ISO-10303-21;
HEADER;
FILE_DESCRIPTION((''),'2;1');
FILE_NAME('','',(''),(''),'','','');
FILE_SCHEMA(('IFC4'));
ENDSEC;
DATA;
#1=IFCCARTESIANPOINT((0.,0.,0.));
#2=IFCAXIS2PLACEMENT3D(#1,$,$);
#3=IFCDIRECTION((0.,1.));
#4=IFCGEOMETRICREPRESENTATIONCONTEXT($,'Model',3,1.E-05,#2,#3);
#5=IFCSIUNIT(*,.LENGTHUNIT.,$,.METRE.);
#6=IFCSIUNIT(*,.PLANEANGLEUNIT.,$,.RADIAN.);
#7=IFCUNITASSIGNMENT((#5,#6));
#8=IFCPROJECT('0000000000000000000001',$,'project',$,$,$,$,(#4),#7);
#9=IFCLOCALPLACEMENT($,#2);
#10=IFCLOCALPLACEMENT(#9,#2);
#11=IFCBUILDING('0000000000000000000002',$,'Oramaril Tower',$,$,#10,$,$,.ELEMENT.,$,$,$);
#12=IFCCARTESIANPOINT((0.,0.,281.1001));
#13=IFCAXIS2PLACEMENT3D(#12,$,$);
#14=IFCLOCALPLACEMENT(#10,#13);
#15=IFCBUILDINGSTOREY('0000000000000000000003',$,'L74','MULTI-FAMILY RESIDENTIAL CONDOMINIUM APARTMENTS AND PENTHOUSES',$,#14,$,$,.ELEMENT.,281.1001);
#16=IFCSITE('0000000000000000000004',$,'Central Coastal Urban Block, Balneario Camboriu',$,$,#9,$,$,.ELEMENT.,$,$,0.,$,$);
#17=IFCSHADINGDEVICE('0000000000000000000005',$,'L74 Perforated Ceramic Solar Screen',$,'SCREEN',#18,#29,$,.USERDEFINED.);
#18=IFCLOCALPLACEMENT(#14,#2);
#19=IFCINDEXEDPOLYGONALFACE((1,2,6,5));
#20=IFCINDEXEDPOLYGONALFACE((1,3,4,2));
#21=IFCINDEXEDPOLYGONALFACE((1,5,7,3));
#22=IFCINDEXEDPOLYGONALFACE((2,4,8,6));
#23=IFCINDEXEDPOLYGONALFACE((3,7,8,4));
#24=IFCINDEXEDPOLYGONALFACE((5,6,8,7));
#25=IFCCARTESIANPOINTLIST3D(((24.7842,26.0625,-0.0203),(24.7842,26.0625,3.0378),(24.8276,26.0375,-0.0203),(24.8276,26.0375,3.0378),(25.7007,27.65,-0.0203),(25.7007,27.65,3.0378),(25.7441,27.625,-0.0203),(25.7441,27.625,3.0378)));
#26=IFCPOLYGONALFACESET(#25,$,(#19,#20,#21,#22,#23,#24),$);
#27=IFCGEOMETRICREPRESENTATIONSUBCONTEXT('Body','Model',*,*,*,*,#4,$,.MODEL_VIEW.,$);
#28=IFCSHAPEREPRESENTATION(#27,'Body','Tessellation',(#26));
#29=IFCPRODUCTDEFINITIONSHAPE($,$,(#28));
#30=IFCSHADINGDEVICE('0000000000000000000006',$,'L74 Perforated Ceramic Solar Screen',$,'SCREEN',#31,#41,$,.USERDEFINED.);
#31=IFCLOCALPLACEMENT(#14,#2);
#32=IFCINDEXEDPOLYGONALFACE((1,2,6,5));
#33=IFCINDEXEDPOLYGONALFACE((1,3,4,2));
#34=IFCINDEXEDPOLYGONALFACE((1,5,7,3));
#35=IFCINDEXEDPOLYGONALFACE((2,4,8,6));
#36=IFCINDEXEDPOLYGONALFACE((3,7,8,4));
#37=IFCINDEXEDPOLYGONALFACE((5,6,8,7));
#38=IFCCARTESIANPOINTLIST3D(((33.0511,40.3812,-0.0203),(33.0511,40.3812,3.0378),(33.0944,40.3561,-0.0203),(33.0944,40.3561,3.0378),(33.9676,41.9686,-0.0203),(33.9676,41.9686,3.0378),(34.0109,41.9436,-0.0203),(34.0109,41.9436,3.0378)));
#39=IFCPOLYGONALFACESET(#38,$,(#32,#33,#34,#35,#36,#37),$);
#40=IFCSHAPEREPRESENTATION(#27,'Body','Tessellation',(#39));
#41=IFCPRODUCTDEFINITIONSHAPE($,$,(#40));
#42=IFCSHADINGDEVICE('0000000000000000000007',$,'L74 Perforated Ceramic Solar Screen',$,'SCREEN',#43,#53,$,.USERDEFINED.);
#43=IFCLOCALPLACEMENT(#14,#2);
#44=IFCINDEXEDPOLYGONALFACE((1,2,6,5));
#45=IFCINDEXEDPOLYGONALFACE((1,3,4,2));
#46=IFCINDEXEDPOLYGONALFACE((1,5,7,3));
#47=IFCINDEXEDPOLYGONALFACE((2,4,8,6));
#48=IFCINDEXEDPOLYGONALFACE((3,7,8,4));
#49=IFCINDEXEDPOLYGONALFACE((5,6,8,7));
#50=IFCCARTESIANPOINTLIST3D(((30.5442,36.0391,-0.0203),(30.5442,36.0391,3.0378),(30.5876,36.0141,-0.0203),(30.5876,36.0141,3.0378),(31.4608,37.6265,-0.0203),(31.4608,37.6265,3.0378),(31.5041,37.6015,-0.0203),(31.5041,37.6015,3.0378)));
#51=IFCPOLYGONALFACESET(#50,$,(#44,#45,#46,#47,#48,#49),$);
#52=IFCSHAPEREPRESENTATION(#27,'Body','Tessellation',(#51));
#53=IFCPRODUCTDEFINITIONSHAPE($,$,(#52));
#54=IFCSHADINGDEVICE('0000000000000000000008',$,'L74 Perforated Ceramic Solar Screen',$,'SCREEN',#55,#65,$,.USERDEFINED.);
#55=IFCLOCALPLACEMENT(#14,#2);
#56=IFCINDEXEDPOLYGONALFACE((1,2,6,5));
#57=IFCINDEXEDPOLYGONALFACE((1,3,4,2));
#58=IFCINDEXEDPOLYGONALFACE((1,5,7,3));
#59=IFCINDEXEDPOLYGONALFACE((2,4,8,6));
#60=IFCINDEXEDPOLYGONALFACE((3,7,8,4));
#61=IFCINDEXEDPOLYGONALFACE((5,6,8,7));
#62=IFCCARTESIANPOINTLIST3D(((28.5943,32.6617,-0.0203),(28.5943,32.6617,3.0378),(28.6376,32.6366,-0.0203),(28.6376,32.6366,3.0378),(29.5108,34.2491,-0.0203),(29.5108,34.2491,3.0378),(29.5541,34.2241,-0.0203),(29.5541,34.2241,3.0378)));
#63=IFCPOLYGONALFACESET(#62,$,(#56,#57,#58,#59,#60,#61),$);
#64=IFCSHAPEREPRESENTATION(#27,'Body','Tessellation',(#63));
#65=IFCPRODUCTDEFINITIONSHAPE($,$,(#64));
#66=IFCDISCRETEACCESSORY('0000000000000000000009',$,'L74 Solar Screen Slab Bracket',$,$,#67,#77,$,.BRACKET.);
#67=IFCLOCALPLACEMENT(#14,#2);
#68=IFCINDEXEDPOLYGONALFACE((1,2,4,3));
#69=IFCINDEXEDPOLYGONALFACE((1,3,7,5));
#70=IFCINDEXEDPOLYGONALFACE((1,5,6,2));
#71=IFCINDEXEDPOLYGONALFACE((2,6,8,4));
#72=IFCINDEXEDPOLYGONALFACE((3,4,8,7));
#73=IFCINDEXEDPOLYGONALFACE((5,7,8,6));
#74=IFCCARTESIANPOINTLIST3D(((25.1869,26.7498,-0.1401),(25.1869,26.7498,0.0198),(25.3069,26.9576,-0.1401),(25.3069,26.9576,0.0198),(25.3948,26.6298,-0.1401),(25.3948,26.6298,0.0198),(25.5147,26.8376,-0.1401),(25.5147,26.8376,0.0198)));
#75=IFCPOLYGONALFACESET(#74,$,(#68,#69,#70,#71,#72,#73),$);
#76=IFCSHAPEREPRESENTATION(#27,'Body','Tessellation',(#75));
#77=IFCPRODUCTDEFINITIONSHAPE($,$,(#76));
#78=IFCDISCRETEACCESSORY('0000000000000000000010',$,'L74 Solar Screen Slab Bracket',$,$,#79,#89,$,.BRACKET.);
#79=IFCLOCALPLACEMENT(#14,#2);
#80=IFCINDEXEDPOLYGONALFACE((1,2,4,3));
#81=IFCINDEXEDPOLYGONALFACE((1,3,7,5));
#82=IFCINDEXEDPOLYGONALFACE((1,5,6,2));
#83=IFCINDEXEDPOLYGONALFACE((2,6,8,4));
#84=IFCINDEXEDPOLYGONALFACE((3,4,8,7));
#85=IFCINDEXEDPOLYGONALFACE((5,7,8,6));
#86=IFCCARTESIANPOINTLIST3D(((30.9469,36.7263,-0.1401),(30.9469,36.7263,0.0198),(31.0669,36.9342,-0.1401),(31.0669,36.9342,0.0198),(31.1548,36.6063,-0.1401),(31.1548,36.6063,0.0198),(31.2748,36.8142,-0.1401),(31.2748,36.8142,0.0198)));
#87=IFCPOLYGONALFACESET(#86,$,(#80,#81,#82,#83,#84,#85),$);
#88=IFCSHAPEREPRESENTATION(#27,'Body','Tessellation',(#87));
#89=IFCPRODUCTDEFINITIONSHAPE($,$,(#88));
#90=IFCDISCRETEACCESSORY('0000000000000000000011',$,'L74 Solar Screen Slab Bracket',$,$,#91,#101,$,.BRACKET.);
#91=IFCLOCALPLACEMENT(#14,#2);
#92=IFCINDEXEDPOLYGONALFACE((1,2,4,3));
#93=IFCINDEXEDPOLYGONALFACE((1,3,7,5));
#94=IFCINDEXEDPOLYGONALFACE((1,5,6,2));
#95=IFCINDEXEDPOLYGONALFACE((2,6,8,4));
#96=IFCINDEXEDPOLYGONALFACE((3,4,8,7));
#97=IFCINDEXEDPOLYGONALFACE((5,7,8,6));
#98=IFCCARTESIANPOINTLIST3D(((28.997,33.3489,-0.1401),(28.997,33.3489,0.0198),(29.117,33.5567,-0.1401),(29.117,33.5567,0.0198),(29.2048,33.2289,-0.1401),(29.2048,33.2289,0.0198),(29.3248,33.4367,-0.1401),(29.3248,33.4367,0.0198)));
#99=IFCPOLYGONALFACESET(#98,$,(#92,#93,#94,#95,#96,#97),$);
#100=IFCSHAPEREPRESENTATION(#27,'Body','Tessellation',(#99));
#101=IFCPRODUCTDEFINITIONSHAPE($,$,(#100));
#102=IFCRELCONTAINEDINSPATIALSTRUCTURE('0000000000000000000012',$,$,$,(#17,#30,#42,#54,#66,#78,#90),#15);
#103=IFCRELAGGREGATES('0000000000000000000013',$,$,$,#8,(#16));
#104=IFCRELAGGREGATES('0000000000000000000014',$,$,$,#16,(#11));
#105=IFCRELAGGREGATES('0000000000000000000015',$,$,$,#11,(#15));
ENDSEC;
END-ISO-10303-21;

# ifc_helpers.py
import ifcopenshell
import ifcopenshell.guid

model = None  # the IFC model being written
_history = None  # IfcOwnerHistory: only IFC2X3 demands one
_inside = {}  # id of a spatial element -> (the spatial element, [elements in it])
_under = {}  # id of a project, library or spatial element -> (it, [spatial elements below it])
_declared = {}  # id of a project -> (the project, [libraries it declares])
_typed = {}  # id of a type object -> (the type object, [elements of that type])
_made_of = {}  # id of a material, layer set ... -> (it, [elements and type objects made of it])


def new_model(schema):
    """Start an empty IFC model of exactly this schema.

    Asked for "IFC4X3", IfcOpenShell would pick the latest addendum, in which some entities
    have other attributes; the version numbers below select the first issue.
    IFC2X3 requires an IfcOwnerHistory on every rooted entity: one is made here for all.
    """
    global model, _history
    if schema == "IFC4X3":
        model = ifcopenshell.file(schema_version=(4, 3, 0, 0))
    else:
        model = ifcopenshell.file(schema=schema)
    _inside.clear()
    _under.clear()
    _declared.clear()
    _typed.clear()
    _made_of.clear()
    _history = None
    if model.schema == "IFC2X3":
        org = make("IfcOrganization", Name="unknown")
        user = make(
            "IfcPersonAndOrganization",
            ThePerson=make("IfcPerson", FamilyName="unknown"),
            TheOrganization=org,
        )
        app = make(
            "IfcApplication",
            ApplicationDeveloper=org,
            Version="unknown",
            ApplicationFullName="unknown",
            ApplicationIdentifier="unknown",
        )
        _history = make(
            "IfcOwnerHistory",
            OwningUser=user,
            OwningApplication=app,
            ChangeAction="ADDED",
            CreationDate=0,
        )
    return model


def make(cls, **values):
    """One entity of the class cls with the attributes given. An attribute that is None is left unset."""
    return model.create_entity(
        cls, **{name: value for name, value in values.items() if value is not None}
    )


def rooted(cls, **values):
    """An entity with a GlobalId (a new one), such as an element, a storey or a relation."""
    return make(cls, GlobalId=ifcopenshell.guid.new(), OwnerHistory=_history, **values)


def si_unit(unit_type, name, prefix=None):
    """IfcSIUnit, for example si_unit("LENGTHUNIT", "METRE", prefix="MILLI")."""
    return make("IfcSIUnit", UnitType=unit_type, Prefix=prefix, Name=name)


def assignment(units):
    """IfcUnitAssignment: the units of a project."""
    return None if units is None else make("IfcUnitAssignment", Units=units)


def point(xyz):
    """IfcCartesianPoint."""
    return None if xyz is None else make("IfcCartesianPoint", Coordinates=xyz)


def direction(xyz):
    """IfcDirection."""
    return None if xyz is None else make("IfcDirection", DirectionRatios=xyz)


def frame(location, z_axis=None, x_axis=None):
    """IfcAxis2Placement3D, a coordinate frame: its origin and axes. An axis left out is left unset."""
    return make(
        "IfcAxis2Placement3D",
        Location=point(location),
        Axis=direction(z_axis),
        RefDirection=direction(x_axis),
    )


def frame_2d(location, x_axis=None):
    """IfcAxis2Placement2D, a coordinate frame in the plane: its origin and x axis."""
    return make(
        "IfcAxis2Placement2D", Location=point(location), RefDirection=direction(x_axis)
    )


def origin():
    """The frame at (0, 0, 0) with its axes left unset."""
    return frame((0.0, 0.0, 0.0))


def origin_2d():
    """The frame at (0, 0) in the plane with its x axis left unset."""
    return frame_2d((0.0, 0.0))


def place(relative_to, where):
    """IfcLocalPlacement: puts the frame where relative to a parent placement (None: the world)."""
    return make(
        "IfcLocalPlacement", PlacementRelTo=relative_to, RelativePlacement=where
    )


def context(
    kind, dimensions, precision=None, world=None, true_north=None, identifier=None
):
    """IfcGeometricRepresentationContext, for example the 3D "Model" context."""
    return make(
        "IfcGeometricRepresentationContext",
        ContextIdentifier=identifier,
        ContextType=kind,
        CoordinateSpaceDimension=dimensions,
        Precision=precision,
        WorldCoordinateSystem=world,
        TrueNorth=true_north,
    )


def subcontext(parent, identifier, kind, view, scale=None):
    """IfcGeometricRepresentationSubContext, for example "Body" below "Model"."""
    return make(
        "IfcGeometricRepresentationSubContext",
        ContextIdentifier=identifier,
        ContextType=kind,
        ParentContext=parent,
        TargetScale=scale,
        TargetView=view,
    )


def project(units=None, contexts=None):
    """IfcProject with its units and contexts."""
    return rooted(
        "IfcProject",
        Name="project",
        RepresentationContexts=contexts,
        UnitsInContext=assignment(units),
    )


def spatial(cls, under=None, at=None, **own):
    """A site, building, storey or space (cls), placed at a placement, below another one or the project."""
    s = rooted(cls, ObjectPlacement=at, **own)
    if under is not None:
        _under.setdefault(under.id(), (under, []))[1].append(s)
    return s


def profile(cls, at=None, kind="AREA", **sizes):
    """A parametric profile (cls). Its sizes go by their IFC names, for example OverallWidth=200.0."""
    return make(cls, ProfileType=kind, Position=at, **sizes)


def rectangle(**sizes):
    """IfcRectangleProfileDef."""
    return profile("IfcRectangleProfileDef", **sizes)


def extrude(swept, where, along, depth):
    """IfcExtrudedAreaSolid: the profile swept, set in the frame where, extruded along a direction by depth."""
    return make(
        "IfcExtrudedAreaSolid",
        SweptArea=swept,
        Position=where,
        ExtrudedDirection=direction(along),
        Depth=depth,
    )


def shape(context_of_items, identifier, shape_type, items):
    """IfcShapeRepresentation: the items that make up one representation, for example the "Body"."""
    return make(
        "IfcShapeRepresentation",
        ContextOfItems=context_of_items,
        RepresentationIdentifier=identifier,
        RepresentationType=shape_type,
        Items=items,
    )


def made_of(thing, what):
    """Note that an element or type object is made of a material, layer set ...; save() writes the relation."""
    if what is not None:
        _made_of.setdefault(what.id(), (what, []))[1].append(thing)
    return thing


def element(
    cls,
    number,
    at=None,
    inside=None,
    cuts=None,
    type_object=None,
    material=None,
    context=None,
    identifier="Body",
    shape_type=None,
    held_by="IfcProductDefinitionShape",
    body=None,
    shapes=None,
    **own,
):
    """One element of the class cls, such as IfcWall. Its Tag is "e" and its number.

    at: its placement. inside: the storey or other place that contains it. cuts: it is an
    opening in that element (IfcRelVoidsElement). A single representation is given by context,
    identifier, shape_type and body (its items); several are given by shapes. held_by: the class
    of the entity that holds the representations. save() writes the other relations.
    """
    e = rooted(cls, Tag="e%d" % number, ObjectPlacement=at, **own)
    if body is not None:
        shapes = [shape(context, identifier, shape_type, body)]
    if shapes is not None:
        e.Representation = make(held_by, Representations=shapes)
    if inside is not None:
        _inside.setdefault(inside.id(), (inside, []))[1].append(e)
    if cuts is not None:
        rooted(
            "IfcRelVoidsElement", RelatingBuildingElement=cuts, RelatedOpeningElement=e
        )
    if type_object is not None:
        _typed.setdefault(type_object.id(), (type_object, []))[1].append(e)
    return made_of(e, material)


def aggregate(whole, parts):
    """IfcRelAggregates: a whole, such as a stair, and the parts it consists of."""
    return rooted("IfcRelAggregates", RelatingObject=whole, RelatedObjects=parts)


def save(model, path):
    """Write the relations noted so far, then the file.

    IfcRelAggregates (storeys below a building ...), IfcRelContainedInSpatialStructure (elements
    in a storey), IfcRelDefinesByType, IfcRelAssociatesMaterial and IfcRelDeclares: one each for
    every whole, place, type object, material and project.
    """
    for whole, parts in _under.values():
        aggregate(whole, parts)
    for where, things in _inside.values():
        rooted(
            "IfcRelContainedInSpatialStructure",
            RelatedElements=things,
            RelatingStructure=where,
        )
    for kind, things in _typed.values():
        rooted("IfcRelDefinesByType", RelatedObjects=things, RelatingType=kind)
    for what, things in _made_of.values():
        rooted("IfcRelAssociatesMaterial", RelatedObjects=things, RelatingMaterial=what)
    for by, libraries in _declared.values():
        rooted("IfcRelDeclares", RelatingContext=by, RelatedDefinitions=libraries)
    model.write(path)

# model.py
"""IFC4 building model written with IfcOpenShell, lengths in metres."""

from ifc_helpers import new_model, si_unit, direction, frame, origin, origin_2d, place, context, subcontext, project, spatial, rectangle, extrude, element, save


model = new_model("IFC4")

# Units and contexts
model_context = context("Model", 3, precision=1e-05, world=origin(), true_north=direction((0.0, 1.0)))
body_context = subcontext(model_context, "Body", "Model", "MODEL_VIEW")
ifc_project = project(units=[si_unit("LENGTHUNIT", "METRE"), si_unit("PLANEANGLEUNIT", "RADIAN")], contexts=[model_context])

# Site, building, storey
site_placement = place(None, origin())
site = spatial("IfcSite", under=ifc_project, at=site_placement, Name="Central Coastal Urban Block, Balneario Camboriu", CompositionType="ELEMENT", RefElevation=0.0)
building_placement = place(site_placement, origin())
building = spatial("IfcBuilding", under=site, at=building_placement, Name="Oramaril Tower", CompositionType="ELEMENT")
storey_placement = place(building_placement, frame((0.0, 0.0, 281.1001)))
storey = spatial("IfcBuildingStorey", under=building, at=storey_placement, Name="L74", Description="MULTI-FAMILY RESIDENTIAL CONDOMINIUM APARTMENTS AND PENTHOUSES", CompositionType="ELEMENT", Elevation=281.1001)

# Shading devices
for number, where, z_axis, x_axis, name in (
    (1, (25.2642, 26.8438, -0.0203), (0.0, 0.0, 1.0), (-0.5, -0.866025, 0.0), "L74 Perforated Ceramic Solar Screen"),
    (2, (33.531, 41.1624, -0.0203), (0.0, 0.0, 1.0), (-0.5, -0.866025, 0.0), "L74 Perforated Ceramic Solar Screen"),
    (3, (31.0242, 36.8203, -0.0203), (0.0, 0.0, 1.0), (-0.5, -0.866025, 0.0), "L74 Perforated Ceramic Solar Screen"),
    (4, (29.0742, 33.4429, -0.0203), (0.0, 0.0, 1.0), (-0.5, -0.866025, 0.0), "L74 Perforated Ceramic Solar Screen"),
):
    element("IfcShadingDevice", number, at=place(storey_placement, frame(where, z_axis=z_axis, x_axis=x_axis)), inside=storey, Name=name, ObjectType="SCREEN", PredefinedType="USERDEFINED", context=body_context, shape_type="SweptSolid", body=[
        extrude(rectangle(XDim=1.833, YDim=0.05, at=origin_2d()), origin(), (0.0, 0.0, 1.0), 3.0581),
    ])

# Discrete accessories
for number, where, z_axis, x_axis, name in (
    (5, (25.3508, 26.7937, -0.1401), (0.0, 0.0, 1.0), (-0.5, -0.866025, 0.0), "L74 Solar Screen Slab Bracket"),
    (6, (31.1108, 36.7703, -0.1401), (0.0, 0.0, 1.0), (-0.5, -0.866025, 0.0), "L74 Solar Screen Slab Bracket"),
    (7, (29.1609, 33.3928, -0.1401), (0.0, 0.0, 1.0), (-0.5, -0.866025, 0.0), "L74 Solar Screen Slab Bracket"),
):
    element("IfcDiscreteAccessory", number, at=place(storey_placement, frame(where, z_axis=z_axis, x_axis=x_axis)), inside=storey, Name=name, PredefinedType="BRACKET", context=body_context, shape_type="SweptSolid", body=[
        extrude(rectangle(XDim=0.24, YDim=0.24, at=origin_2d()), origin(), (0.0, 0.0, 1.0), 0.1599),
    ])

save(model, "model.ifc")
